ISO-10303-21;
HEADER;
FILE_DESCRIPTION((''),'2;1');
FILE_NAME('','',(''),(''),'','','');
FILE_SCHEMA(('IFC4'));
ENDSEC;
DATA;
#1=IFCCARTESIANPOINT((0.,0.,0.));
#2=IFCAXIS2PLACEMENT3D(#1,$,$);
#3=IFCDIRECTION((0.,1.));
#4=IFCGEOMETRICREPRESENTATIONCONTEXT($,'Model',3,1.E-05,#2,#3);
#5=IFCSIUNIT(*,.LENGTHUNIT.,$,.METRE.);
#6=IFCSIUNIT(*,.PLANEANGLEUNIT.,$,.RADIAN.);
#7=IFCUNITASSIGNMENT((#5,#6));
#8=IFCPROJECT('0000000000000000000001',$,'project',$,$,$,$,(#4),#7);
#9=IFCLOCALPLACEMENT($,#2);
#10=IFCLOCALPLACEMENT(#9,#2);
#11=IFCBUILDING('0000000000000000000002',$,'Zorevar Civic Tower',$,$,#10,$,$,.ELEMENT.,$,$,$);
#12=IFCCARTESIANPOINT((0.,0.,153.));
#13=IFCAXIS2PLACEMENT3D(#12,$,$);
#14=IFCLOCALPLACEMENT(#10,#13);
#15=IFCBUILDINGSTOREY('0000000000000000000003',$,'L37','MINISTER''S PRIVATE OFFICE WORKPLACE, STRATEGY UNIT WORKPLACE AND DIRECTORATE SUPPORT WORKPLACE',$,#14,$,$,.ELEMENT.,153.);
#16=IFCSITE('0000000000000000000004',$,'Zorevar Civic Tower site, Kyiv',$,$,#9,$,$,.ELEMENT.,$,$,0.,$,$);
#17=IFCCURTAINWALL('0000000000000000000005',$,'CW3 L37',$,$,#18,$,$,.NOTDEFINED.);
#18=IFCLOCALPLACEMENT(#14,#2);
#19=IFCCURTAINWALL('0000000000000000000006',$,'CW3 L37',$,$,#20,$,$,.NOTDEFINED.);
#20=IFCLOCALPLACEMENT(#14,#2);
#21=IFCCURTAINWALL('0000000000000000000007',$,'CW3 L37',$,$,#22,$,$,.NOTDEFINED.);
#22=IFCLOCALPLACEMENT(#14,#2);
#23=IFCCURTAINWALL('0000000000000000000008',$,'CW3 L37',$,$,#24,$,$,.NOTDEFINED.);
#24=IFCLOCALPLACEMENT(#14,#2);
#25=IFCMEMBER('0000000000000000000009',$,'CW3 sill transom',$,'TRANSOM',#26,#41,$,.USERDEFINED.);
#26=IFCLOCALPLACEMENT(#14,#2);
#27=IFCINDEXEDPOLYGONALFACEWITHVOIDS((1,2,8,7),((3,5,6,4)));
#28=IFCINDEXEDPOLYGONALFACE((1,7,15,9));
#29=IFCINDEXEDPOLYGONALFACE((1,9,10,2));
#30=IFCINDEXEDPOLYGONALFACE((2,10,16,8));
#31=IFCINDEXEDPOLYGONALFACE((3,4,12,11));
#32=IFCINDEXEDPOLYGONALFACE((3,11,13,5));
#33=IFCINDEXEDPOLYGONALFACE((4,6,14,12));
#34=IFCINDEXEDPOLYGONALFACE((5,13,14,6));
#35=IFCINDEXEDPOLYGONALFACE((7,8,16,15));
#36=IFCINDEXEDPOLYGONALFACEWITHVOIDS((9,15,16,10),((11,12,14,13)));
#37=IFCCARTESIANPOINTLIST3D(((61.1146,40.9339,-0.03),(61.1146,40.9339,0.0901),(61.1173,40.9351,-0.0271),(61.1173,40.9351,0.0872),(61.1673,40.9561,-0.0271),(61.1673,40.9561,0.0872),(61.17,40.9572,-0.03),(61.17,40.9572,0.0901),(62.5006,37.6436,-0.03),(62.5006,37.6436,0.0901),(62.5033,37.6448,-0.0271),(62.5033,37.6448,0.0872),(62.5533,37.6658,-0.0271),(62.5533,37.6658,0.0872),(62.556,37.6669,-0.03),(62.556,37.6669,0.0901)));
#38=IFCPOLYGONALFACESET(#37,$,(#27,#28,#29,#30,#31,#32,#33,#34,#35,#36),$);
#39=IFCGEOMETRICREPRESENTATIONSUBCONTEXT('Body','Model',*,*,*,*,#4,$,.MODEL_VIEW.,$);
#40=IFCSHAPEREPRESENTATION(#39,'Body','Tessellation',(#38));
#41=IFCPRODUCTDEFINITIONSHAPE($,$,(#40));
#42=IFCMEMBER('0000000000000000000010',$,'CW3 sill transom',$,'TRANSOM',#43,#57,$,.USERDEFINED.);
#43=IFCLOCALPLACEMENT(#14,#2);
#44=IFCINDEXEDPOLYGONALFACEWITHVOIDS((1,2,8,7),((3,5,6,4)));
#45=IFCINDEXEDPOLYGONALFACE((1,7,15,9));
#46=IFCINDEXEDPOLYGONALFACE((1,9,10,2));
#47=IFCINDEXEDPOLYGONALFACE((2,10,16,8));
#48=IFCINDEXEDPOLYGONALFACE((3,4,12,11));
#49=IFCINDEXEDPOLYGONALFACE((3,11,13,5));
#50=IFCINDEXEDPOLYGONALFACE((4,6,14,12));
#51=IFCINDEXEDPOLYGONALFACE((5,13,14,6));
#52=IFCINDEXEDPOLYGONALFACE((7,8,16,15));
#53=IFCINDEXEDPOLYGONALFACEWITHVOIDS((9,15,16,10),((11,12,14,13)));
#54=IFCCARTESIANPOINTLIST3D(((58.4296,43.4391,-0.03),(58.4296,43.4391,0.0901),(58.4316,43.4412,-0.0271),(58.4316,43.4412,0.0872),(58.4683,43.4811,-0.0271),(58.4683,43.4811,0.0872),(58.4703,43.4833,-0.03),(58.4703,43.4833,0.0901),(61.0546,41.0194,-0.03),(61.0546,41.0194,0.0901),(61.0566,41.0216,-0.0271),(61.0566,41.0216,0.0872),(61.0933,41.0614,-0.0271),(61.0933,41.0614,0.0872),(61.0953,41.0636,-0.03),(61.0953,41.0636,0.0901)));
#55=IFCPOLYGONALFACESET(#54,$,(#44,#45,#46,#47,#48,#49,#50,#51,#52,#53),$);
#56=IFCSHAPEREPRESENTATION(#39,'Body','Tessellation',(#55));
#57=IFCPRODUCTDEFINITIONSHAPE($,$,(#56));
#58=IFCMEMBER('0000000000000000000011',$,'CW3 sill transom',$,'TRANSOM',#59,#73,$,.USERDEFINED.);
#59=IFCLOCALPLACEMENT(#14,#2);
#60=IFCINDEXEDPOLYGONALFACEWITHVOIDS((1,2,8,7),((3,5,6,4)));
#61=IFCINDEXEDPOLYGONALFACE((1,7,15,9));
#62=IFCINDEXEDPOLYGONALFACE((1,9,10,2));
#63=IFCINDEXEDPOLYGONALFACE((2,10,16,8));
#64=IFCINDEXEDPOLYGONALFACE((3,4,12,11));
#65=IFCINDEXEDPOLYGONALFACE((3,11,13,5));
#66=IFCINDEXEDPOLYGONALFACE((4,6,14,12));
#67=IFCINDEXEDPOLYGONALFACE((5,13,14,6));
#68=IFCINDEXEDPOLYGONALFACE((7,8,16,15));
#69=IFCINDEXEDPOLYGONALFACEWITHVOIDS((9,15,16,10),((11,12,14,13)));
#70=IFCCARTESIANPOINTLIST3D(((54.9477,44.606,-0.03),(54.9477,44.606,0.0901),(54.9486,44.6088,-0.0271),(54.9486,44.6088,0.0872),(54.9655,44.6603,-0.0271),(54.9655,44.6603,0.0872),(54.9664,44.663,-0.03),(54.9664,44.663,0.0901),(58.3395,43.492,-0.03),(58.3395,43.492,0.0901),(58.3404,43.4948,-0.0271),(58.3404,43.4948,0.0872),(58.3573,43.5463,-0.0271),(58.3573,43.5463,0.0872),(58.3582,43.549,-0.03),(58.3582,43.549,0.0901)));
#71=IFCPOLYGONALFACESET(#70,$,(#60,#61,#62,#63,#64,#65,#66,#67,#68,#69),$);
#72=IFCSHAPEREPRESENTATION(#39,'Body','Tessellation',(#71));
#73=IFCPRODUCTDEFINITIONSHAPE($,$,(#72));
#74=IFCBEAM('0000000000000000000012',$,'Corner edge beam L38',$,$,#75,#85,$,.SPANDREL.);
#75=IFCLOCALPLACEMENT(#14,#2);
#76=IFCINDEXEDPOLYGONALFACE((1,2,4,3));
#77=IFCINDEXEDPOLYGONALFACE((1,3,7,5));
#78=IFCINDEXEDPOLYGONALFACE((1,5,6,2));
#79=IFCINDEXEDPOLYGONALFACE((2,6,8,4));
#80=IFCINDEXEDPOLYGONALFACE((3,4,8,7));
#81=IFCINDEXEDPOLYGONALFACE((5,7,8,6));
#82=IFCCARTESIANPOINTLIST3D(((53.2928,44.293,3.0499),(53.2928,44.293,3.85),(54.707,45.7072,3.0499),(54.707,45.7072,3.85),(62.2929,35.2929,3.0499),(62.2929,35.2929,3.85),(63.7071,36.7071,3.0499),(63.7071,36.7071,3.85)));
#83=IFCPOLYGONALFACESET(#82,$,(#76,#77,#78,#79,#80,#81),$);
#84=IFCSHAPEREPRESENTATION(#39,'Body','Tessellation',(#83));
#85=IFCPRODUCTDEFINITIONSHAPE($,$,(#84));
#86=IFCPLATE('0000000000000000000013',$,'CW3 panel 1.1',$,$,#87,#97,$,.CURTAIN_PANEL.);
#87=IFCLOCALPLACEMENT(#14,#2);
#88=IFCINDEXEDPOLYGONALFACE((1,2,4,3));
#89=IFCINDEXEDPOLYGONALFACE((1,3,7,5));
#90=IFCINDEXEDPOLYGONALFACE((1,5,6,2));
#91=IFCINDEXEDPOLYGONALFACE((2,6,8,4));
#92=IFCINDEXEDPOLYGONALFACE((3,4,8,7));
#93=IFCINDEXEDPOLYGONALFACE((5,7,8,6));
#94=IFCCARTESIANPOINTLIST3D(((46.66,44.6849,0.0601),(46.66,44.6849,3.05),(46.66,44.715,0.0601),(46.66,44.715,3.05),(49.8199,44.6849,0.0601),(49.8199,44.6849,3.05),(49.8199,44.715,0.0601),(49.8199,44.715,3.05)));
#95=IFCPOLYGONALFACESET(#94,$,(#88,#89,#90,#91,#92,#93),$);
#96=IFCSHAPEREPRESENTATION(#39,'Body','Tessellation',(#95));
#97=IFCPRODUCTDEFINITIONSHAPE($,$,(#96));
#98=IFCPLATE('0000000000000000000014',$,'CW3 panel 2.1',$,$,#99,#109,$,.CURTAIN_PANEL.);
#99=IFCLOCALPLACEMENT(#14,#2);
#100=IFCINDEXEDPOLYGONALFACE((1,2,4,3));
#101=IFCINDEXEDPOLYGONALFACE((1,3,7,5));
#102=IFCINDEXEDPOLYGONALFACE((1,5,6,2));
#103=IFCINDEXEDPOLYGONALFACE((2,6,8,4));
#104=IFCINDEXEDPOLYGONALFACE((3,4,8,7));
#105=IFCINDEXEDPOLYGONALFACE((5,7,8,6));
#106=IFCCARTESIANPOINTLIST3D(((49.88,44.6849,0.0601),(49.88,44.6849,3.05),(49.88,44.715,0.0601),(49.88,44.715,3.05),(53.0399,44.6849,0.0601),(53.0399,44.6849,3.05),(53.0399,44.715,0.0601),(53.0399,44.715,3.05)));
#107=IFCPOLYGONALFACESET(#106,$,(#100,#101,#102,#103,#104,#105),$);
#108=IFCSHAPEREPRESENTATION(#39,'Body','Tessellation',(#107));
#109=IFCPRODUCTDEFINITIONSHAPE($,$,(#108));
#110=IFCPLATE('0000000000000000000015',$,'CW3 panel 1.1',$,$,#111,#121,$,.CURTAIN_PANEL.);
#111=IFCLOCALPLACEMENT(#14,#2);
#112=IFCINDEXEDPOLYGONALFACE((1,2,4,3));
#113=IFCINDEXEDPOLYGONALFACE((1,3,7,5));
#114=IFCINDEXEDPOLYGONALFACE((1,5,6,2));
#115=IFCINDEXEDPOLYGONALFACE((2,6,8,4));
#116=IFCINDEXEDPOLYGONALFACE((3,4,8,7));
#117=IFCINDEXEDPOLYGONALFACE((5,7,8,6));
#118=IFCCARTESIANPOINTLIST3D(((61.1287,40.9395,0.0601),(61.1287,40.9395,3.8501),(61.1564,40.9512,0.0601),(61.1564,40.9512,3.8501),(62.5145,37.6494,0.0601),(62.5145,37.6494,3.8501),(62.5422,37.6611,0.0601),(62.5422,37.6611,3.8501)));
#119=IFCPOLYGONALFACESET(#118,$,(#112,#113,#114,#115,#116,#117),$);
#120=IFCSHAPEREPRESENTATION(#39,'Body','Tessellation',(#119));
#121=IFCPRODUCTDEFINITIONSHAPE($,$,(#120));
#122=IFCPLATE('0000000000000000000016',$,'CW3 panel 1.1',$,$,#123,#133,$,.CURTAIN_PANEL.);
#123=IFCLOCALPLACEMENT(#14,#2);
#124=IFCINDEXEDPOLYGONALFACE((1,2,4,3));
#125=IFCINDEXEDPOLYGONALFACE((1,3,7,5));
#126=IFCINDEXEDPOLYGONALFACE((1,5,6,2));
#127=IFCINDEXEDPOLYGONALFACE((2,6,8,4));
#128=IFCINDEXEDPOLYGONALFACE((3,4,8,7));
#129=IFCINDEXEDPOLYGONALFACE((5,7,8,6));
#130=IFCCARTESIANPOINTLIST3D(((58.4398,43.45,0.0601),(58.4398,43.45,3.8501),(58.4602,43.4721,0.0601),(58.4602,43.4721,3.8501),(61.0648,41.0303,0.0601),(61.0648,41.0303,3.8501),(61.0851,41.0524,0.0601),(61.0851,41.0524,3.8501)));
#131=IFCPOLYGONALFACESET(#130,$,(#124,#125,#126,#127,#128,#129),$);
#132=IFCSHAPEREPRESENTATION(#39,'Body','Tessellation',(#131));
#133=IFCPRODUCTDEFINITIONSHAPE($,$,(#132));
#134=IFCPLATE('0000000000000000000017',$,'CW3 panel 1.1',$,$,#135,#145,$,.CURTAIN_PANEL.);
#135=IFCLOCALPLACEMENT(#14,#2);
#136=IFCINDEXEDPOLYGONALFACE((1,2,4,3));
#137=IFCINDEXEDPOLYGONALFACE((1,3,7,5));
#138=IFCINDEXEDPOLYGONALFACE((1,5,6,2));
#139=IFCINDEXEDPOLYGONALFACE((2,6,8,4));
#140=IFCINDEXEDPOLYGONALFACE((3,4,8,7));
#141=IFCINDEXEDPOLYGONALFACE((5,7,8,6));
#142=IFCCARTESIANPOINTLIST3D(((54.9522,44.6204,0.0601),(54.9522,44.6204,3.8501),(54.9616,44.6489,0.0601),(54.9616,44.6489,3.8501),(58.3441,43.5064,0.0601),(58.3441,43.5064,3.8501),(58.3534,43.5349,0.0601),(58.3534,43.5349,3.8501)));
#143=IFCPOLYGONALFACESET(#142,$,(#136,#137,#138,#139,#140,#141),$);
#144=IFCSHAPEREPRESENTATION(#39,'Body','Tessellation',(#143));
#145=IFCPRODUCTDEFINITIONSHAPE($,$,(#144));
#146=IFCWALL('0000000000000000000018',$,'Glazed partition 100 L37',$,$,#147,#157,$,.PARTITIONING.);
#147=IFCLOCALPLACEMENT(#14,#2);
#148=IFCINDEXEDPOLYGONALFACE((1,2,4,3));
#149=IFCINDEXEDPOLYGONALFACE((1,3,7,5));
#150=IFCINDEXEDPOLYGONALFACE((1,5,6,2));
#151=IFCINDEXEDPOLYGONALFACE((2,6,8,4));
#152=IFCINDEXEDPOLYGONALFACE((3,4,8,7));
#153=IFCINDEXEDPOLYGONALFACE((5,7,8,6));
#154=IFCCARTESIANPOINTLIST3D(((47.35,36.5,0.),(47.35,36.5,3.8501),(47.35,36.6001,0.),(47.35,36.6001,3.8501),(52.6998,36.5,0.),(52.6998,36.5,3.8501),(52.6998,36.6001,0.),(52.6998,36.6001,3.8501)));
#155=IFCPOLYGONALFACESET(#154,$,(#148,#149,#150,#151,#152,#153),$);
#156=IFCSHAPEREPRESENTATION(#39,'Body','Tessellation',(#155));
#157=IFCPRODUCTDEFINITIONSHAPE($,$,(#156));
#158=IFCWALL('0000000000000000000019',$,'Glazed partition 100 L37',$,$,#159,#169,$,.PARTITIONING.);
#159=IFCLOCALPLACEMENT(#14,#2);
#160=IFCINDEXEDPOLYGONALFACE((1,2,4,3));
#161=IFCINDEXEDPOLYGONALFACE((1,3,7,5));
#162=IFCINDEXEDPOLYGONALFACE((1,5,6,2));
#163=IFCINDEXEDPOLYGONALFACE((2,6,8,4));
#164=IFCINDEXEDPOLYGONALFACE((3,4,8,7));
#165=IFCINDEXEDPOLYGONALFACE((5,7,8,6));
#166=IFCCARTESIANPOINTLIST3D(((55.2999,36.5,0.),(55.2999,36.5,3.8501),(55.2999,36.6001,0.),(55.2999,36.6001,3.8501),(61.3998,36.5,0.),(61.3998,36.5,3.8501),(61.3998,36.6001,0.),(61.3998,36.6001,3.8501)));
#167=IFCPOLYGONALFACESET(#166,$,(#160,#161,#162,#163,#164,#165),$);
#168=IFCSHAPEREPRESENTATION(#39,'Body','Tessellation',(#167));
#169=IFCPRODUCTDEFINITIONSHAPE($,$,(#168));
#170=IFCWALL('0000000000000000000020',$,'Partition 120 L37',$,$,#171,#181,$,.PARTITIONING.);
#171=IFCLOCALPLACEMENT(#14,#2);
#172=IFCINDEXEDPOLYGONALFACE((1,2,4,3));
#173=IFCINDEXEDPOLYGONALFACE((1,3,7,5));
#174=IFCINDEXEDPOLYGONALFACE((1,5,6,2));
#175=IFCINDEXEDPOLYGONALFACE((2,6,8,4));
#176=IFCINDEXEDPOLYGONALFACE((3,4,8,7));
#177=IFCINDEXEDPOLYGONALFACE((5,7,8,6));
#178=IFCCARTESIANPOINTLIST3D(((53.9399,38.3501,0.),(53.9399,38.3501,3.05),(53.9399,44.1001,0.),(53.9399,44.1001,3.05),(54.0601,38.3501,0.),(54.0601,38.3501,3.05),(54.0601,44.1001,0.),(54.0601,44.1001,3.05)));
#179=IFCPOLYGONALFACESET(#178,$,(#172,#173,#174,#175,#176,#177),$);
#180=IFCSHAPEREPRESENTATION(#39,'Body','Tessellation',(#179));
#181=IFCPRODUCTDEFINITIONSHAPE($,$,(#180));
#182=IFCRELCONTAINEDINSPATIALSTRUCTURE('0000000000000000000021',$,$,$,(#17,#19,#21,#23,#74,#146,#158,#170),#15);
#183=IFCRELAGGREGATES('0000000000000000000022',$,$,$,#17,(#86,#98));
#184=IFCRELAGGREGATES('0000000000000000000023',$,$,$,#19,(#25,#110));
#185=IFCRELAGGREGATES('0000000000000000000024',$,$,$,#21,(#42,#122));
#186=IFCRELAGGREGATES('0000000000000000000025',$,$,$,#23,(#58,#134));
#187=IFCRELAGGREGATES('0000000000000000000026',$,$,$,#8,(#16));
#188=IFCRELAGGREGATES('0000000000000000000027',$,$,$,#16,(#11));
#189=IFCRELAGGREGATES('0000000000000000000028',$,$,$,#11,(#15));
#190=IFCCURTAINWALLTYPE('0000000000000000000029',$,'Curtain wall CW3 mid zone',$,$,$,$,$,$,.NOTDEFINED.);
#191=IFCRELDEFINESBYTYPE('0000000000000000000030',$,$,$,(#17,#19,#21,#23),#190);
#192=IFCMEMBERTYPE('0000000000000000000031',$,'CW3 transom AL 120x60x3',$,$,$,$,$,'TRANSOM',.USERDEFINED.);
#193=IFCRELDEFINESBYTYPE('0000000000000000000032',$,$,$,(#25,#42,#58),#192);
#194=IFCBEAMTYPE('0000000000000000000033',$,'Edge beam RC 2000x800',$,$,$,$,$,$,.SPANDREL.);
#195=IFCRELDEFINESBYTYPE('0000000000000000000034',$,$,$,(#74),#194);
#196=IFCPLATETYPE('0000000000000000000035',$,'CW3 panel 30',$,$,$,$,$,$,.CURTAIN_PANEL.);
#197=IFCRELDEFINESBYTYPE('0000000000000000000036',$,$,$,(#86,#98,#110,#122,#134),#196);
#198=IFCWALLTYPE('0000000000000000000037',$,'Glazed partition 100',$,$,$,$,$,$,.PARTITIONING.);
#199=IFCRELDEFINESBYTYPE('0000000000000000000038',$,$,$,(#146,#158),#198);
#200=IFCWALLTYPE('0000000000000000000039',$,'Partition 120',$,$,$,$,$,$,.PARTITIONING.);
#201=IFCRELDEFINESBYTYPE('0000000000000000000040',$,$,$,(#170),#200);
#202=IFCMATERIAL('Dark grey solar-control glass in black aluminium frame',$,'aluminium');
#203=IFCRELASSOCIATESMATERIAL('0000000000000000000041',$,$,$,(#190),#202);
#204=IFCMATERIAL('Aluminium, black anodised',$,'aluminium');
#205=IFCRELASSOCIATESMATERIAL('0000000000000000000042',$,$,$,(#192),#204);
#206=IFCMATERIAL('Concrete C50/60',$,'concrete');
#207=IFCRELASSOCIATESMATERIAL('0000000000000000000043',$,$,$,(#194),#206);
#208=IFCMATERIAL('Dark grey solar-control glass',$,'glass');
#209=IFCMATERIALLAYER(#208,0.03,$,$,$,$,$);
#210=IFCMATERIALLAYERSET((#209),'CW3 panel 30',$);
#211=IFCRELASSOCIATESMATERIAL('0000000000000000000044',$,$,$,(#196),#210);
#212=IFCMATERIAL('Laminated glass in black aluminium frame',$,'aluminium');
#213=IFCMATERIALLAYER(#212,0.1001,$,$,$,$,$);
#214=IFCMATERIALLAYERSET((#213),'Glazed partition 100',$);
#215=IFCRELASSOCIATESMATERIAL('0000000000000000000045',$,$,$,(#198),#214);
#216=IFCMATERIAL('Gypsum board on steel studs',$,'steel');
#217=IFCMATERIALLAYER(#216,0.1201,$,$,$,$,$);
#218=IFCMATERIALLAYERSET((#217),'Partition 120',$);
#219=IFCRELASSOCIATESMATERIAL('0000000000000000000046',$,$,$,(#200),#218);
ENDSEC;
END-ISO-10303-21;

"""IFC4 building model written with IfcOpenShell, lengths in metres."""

from ifc_helpers import new_model, si_unit, direction, frame, frame_2d, origin, origin_2d, place, context, subcontext, project, spatial, rectangle, hollow_rectangle, extrude, material, layer, layer_set, material_profile, profile_set, type_object, element, aggregate, save


model = new_model("IFC4")

# Units and contexts
model_context = context("Model", 3, precision=1e-05, world=origin(), true_north=direction((0.0, 1.0)))
body_context = subcontext(model_context, "Body", "Model", "MODEL_VIEW")
ifc_project = project(units=[si_unit("LENGTHUNIT", "METRE"), si_unit("PLANEANGLEUNIT", "RADIAN")], contexts=[model_context])

# Site, building, storey
site_placement = place(None, origin())
site = spatial("IfcSite", under=ifc_project, at=site_placement, Name="Zorevar Civic Tower site, Kyiv", CompositionType="ELEMENT", RefElevation=0.0)
building_placement = place(site_placement, origin())
building = spatial("IfcBuilding", under=site, at=building_placement, Name="Zorevar Civic Tower", CompositionType="ELEMENT")
storey_placement = place(building_placement, frame((0.0, 0.0, 153.0)))
storey = spatial("IfcBuildingStorey", under=building, at=storey_placement, Name="L37", Description="MINISTER'S PRIVATE OFFICE WORKPLACE, STRATEGY UNIT WORKPLACE AND DIRECTORATE SUPPORT WORKPLACE", CompositionType="ELEMENT", Elevation=153.0)

# Curtain walls
ifc_material_1 = material(Name="Dark grey solar-control glass in black aluminium frame", Category="aluminium")
curtain_wall_type = type_object("IfcCurtainWallType", Name="Curtain wall CW3 mid zone", PredefinedType="NOTDEFINED", material=ifc_material_1)
curtain_wall_1_placement = place(storey_placement, origin())
curtain_wall_1 = element("IfcCurtainWall", 1, at=curtain_wall_1_placement, inside=storey, type_object=curtain_wall_type, Name="CW3 L37", PredefinedType="NOTDEFINED")
curtain_wall_2_placement = place(storey_placement, origin())
curtain_wall_2 = element("IfcCurtainWall", 2, at=curtain_wall_2_placement, inside=storey, type_object=curtain_wall_type, Name="CW3 L37", PredefinedType="NOTDEFINED")
curtain_wall_3_placement = place(storey_placement, origin())
curtain_wall_3 = element("IfcCurtainWall", 3, at=curtain_wall_3_placement, inside=storey, type_object=curtain_wall_type, Name="CW3 L37", PredefinedType="NOTDEFINED")
curtain_wall_4_placement = place(storey_placement, origin())
curtain_wall_4 = element("IfcCurtainWall", 4, at=curtain_wall_4_placement, inside=storey, type_object=curtain_wall_type, Name="CW3 L37", PredefinedType="NOTDEFINED")

# Members
ifc_material_2 = material(Name="Aluminium, black anodised", Category="aluminium")
ifc_material_profile_1 = material_profile(ifc_material_2, hollow_rectangle(XDim=0.0601, YDim=0.1201, WallThickness=0.0029, at=origin_2d()), Name="AL 120x60x3")
ifc_profile_set_1 = profile_set([ifc_material_profile_1], Name="Aluminium, black anodised")
member_type_1 = type_object("IfcMemberType", Name="CW3 transom AL 120x60x3", ElementType="TRANSOM", PredefinedType="USERDEFINED", material=ifc_profile_set_1)
member_1_placement = place(storey_placement, frame((62.5283, 37.6553, 0.03), z_axis=(-0.388201, 0.921575, 0.0), x_axis=(-0.921575, -0.388201, 0.0)))
member_1 = element("IfcMember", 5, at=member_1_placement, type_object=member_type_1, Name="CW3 sill transom", ObjectType="TRANSOM", PredefinedType="USERDEFINED", context=body_context, shape_type="SweptSolid", body=[
    extrude(hollow_rectangle(XDim=0.0601, YDim=0.1201, WallThickness=0.0029, at=origin_2d()), origin(), (0.0, 0.0, 1.0), 3.5703),
])
member_2_placement = place(storey_placement, frame((61.075, 41.0415, 0.03), z_axis=(-0.735278, 0.677766, 0.0), x_axis=(-0.677766, -0.735278, 0.0)))
member_2 = element("IfcMember", 6, at=member_2_placement, type_object=member_type_1, Name="CW3 sill transom", ObjectType="TRANSOM", PredefinedType="USERDEFINED", context=body_context, shape_type="SweptSolid", body=[
    extrude(hollow_rectangle(XDim=0.0601, YDim=0.1201, WallThickness=0.0029, at=origin_2d()), origin(), (0.0, 0.0, 1.0), 3.5701),
])
member_3_placement = place(storey_placement, frame((58.3489, 43.5205, 0.03), z_axis=(-0.950069, 0.31204, 0.0), x_axis=(-0.31204, -0.950069, 0.0)))
member_3 = element("IfcMember", 7, at=member_3_placement, type_object=member_type_1, Name="CW3 sill transom", ObjectType="TRANSOM", PredefinedType="USERDEFINED", context=body_context, shape_type="SweptSolid", body=[
    extrude(hollow_rectangle(XDim=0.0601, YDim=0.1201, WallThickness=0.0029, at=origin_2d()), origin(), (0.0, 0.0, 1.0), 3.5701),
])

# Beam
ifc_material_3 = material(Name="Concrete C50/60", Category="concrete")
ifc_material_profile_2 = material_profile(ifc_material_3, rectangle(XDim=2.0, YDim=0.8, at=origin_2d()), Name="RC 2000x800")
ifc_profile_set_2 = profile_set([ifc_material_profile_2], Name="Concrete C50/60")
beam_type = type_object("IfcBeamType", Name="Edge beam RC 2000x800", PredefinedType="SPANDREL", material=ifc_profile_set_2)
beam_placement = place(storey_placement, frame((63.0, 36.0, 3.45), z_axis=(-0.707107, 0.707107, 0.0), x_axis=(-0.707107, -0.707107, 0.0)))
element("IfcBeam", 8, at=beam_placement, inside=storey, type_object=beam_type, Name="Corner edge beam L38", PredefinedType="SPANDREL", context=body_context, shape_type="SweptSolid", body=[
    extrude(rectangle(XDim=2.0, YDim=0.8, at=origin_2d()), origin(), (0.0, 0.0, 1.0), 12.728),
])

# Plates
ifc_material_4 = material(Name="Dark grey solar-control glass", Category="glass")
ifc_layer_1 = layer(ifc_material_4, 0.03)
ifc_layer_set_1 = layer_set([ifc_layer_1], Name="CW3 panel 30")
plate_type = type_object("IfcPlateType", Name="CW3 panel 30", PredefinedType="CURTAIN_PANEL", material=ifc_layer_set_1)
plate_1_placement = place(storey_placement, frame((48.24, 44.7, 0.0601), z_axis=(0.0, 0.0, 1.0), x_axis=(1.0, 0.0, 0.0)))
plate_1 = element("IfcPlate", 9, at=plate_1_placement, type_object=plate_type, Name="CW3 panel 1.1", PredefinedType="CURTAIN_PANEL", context=body_context, shape_type="SweptSolid", body=[
    extrude(rectangle(XDim=3.1599, YDim=0.03, at=origin_2d()), origin(), (0.0, 0.0, 1.0), 2.99),
])
plate_2_placement = place(storey_placement, frame((51.46, 44.7, 0.0601), z_axis=(0.0, 0.0, 1.0), x_axis=(1.0, 0.0, 0.0)))
plate_2 = element("IfcPlate", 10, at=plate_2_placement, type_object=plate_type, Name="CW3 panel 2.1", PredefinedType="CURTAIN_PANEL", context=body_context, shape_type="SweptSolid", body=[
    extrude(rectangle(XDim=3.1599, YDim=0.03, at=origin_2d()), origin(), (0.0, 0.0, 1.0), 2.99),
])
aggregate(curtain_wall_1, [plate_1, plate_2])
plate_3_placement = place(storey_placement, frame((61.8354, 39.3003, 0.0601), z_axis=(0.0, 0.0, 1.0), x_axis=(-0.388184, 0.921582, 0.0)))
plate_3 = element("IfcPlate", 11, at=plate_3_placement, type_object=plate_type, Name="CW3 panel 1.1", PredefinedType="CURTAIN_PANEL", context=body_context, shape_type="SweptSolid", body=[
    extrude(rectangle(XDim=3.5701, YDim=0.03, at=origin_2d()), origin(), (0.0, 0.0, 1.0), 3.79),
])
aggregate(curtain_wall_2, [member_1, plate_3])
plate_4_placement = place(storey_placement, frame((59.7625, 42.2512, 0.0601), z_axis=(0.0, 0.0, 1.0), x_axis=(-0.735267, 0.677777, 0.0)))
plate_4 = element("IfcPlate", 12, at=plate_4_placement, type_object=plate_type, Name="CW3 panel 1.1", PredefinedType="CURTAIN_PANEL", context=body_context, shape_type="SweptSolid", body=[
    extrude(rectangle(XDim=3.5701, YDim=0.03, at=origin_2d()), origin(), (0.0, 0.0, 1.0), 3.79),
])
aggregate(curtain_wall_3, [member_2, plate_4])
plate_5_placement = place(storey_placement, frame((56.6528, 44.0776, 0.0601), z_axis=(0.0, 0.0, 1.0), x_axis=(-0.95007, 0.312036, 0.0)))
plate_5 = element("IfcPlate", 13, at=plate_5_placement, type_object=plate_type, Name="CW3 panel 1.1", PredefinedType="CURTAIN_PANEL", context=body_context, shape_type="SweptSolid", body=[
    extrude(rectangle(XDim=3.5701, YDim=0.03, at=origin_2d()), origin(), (0.0, 0.0, 1.0), 3.79),
])
aggregate(curtain_wall_4, [member_3, plate_5])

# Walls
ifc_material_5 = material(Name="Laminated glass in black aluminium frame", Category="aluminium")
ifc_layer_2 = layer(ifc_material_5, 0.1001)
ifc_layer_set_2 = layer_set([ifc_layer_2], Name="Glazed partition 100")
wall_type_1 = type_object("IfcWallType", Name="Glazed partition 100", PredefinedType="PARTITIONING", material=ifc_layer_set_2)
wall_1_placement = place(storey_placement, frame((47.3501, 36.55, 0.0), z_axis=(0.0, 0.0, 1.0), x_axis=(1.0, 0.0, 0.0)))
element("IfcWall", 14, at=wall_1_placement, inside=storey, type_object=wall_type_1, Name="Glazed partition 100 L37", PredefinedType="PARTITIONING", context=body_context, shape_type="SweptSolid", body=[
    extrude(rectangle(XDim=5.3499, YDim=0.1001, at=frame_2d((2.6748, 0.0))), origin(), (0.0, 0.0, 1.0), 3.8501),
])
wall_2_placement = place(storey_placement, frame((55.3, 36.55, 0.0), z_axis=(0.0, 0.0, 1.0), x_axis=(1.0, 0.0, 0.0)))
element("IfcWall", 15, at=wall_2_placement, inside=storey, type_object=wall_type_1, Name="Glazed partition 100 L37", PredefinedType="PARTITIONING", context=body_context, shape_type="SweptSolid", body=[
    extrude(rectangle(XDim=6.0999, YDim=0.1001, at=frame_2d((3.0498, 0.0))), origin(), (0.0, 0.0, 1.0), 3.8501),
])
ifc_material_6 = material(Name="Gypsum board on steel studs", Category="steel")
ifc_layer_3 = layer(ifc_material_6, 0.1201)
ifc_layer_set_3 = layer_set([ifc_layer_3], Name="Partition 120")
wall_type_2 = type_object("IfcWallType", Name="Partition 120", PredefinedType="PARTITIONING", material=ifc_layer_set_3)
wall_3_placement = place(storey_placement, frame((54.0, 38.3501, 0.0), z_axis=(0.0, 0.0, 1.0), x_axis=(0.0, 1.0, 0.0)))
element("IfcWall", 16, at=wall_3_placement, inside=storey, type_object=wall_type_2, Name="Partition 120 L37", PredefinedType="PARTITIONING", context=body_context, shape_type="SweptSolid", body=[
    extrude(rectangle(XDim=5.75, YDim=0.1201, at=frame_2d((2.875, 0.0))), origin(), (0.0, 0.0, 1.0), 3.05),
])

save(model, "model.ifc")
